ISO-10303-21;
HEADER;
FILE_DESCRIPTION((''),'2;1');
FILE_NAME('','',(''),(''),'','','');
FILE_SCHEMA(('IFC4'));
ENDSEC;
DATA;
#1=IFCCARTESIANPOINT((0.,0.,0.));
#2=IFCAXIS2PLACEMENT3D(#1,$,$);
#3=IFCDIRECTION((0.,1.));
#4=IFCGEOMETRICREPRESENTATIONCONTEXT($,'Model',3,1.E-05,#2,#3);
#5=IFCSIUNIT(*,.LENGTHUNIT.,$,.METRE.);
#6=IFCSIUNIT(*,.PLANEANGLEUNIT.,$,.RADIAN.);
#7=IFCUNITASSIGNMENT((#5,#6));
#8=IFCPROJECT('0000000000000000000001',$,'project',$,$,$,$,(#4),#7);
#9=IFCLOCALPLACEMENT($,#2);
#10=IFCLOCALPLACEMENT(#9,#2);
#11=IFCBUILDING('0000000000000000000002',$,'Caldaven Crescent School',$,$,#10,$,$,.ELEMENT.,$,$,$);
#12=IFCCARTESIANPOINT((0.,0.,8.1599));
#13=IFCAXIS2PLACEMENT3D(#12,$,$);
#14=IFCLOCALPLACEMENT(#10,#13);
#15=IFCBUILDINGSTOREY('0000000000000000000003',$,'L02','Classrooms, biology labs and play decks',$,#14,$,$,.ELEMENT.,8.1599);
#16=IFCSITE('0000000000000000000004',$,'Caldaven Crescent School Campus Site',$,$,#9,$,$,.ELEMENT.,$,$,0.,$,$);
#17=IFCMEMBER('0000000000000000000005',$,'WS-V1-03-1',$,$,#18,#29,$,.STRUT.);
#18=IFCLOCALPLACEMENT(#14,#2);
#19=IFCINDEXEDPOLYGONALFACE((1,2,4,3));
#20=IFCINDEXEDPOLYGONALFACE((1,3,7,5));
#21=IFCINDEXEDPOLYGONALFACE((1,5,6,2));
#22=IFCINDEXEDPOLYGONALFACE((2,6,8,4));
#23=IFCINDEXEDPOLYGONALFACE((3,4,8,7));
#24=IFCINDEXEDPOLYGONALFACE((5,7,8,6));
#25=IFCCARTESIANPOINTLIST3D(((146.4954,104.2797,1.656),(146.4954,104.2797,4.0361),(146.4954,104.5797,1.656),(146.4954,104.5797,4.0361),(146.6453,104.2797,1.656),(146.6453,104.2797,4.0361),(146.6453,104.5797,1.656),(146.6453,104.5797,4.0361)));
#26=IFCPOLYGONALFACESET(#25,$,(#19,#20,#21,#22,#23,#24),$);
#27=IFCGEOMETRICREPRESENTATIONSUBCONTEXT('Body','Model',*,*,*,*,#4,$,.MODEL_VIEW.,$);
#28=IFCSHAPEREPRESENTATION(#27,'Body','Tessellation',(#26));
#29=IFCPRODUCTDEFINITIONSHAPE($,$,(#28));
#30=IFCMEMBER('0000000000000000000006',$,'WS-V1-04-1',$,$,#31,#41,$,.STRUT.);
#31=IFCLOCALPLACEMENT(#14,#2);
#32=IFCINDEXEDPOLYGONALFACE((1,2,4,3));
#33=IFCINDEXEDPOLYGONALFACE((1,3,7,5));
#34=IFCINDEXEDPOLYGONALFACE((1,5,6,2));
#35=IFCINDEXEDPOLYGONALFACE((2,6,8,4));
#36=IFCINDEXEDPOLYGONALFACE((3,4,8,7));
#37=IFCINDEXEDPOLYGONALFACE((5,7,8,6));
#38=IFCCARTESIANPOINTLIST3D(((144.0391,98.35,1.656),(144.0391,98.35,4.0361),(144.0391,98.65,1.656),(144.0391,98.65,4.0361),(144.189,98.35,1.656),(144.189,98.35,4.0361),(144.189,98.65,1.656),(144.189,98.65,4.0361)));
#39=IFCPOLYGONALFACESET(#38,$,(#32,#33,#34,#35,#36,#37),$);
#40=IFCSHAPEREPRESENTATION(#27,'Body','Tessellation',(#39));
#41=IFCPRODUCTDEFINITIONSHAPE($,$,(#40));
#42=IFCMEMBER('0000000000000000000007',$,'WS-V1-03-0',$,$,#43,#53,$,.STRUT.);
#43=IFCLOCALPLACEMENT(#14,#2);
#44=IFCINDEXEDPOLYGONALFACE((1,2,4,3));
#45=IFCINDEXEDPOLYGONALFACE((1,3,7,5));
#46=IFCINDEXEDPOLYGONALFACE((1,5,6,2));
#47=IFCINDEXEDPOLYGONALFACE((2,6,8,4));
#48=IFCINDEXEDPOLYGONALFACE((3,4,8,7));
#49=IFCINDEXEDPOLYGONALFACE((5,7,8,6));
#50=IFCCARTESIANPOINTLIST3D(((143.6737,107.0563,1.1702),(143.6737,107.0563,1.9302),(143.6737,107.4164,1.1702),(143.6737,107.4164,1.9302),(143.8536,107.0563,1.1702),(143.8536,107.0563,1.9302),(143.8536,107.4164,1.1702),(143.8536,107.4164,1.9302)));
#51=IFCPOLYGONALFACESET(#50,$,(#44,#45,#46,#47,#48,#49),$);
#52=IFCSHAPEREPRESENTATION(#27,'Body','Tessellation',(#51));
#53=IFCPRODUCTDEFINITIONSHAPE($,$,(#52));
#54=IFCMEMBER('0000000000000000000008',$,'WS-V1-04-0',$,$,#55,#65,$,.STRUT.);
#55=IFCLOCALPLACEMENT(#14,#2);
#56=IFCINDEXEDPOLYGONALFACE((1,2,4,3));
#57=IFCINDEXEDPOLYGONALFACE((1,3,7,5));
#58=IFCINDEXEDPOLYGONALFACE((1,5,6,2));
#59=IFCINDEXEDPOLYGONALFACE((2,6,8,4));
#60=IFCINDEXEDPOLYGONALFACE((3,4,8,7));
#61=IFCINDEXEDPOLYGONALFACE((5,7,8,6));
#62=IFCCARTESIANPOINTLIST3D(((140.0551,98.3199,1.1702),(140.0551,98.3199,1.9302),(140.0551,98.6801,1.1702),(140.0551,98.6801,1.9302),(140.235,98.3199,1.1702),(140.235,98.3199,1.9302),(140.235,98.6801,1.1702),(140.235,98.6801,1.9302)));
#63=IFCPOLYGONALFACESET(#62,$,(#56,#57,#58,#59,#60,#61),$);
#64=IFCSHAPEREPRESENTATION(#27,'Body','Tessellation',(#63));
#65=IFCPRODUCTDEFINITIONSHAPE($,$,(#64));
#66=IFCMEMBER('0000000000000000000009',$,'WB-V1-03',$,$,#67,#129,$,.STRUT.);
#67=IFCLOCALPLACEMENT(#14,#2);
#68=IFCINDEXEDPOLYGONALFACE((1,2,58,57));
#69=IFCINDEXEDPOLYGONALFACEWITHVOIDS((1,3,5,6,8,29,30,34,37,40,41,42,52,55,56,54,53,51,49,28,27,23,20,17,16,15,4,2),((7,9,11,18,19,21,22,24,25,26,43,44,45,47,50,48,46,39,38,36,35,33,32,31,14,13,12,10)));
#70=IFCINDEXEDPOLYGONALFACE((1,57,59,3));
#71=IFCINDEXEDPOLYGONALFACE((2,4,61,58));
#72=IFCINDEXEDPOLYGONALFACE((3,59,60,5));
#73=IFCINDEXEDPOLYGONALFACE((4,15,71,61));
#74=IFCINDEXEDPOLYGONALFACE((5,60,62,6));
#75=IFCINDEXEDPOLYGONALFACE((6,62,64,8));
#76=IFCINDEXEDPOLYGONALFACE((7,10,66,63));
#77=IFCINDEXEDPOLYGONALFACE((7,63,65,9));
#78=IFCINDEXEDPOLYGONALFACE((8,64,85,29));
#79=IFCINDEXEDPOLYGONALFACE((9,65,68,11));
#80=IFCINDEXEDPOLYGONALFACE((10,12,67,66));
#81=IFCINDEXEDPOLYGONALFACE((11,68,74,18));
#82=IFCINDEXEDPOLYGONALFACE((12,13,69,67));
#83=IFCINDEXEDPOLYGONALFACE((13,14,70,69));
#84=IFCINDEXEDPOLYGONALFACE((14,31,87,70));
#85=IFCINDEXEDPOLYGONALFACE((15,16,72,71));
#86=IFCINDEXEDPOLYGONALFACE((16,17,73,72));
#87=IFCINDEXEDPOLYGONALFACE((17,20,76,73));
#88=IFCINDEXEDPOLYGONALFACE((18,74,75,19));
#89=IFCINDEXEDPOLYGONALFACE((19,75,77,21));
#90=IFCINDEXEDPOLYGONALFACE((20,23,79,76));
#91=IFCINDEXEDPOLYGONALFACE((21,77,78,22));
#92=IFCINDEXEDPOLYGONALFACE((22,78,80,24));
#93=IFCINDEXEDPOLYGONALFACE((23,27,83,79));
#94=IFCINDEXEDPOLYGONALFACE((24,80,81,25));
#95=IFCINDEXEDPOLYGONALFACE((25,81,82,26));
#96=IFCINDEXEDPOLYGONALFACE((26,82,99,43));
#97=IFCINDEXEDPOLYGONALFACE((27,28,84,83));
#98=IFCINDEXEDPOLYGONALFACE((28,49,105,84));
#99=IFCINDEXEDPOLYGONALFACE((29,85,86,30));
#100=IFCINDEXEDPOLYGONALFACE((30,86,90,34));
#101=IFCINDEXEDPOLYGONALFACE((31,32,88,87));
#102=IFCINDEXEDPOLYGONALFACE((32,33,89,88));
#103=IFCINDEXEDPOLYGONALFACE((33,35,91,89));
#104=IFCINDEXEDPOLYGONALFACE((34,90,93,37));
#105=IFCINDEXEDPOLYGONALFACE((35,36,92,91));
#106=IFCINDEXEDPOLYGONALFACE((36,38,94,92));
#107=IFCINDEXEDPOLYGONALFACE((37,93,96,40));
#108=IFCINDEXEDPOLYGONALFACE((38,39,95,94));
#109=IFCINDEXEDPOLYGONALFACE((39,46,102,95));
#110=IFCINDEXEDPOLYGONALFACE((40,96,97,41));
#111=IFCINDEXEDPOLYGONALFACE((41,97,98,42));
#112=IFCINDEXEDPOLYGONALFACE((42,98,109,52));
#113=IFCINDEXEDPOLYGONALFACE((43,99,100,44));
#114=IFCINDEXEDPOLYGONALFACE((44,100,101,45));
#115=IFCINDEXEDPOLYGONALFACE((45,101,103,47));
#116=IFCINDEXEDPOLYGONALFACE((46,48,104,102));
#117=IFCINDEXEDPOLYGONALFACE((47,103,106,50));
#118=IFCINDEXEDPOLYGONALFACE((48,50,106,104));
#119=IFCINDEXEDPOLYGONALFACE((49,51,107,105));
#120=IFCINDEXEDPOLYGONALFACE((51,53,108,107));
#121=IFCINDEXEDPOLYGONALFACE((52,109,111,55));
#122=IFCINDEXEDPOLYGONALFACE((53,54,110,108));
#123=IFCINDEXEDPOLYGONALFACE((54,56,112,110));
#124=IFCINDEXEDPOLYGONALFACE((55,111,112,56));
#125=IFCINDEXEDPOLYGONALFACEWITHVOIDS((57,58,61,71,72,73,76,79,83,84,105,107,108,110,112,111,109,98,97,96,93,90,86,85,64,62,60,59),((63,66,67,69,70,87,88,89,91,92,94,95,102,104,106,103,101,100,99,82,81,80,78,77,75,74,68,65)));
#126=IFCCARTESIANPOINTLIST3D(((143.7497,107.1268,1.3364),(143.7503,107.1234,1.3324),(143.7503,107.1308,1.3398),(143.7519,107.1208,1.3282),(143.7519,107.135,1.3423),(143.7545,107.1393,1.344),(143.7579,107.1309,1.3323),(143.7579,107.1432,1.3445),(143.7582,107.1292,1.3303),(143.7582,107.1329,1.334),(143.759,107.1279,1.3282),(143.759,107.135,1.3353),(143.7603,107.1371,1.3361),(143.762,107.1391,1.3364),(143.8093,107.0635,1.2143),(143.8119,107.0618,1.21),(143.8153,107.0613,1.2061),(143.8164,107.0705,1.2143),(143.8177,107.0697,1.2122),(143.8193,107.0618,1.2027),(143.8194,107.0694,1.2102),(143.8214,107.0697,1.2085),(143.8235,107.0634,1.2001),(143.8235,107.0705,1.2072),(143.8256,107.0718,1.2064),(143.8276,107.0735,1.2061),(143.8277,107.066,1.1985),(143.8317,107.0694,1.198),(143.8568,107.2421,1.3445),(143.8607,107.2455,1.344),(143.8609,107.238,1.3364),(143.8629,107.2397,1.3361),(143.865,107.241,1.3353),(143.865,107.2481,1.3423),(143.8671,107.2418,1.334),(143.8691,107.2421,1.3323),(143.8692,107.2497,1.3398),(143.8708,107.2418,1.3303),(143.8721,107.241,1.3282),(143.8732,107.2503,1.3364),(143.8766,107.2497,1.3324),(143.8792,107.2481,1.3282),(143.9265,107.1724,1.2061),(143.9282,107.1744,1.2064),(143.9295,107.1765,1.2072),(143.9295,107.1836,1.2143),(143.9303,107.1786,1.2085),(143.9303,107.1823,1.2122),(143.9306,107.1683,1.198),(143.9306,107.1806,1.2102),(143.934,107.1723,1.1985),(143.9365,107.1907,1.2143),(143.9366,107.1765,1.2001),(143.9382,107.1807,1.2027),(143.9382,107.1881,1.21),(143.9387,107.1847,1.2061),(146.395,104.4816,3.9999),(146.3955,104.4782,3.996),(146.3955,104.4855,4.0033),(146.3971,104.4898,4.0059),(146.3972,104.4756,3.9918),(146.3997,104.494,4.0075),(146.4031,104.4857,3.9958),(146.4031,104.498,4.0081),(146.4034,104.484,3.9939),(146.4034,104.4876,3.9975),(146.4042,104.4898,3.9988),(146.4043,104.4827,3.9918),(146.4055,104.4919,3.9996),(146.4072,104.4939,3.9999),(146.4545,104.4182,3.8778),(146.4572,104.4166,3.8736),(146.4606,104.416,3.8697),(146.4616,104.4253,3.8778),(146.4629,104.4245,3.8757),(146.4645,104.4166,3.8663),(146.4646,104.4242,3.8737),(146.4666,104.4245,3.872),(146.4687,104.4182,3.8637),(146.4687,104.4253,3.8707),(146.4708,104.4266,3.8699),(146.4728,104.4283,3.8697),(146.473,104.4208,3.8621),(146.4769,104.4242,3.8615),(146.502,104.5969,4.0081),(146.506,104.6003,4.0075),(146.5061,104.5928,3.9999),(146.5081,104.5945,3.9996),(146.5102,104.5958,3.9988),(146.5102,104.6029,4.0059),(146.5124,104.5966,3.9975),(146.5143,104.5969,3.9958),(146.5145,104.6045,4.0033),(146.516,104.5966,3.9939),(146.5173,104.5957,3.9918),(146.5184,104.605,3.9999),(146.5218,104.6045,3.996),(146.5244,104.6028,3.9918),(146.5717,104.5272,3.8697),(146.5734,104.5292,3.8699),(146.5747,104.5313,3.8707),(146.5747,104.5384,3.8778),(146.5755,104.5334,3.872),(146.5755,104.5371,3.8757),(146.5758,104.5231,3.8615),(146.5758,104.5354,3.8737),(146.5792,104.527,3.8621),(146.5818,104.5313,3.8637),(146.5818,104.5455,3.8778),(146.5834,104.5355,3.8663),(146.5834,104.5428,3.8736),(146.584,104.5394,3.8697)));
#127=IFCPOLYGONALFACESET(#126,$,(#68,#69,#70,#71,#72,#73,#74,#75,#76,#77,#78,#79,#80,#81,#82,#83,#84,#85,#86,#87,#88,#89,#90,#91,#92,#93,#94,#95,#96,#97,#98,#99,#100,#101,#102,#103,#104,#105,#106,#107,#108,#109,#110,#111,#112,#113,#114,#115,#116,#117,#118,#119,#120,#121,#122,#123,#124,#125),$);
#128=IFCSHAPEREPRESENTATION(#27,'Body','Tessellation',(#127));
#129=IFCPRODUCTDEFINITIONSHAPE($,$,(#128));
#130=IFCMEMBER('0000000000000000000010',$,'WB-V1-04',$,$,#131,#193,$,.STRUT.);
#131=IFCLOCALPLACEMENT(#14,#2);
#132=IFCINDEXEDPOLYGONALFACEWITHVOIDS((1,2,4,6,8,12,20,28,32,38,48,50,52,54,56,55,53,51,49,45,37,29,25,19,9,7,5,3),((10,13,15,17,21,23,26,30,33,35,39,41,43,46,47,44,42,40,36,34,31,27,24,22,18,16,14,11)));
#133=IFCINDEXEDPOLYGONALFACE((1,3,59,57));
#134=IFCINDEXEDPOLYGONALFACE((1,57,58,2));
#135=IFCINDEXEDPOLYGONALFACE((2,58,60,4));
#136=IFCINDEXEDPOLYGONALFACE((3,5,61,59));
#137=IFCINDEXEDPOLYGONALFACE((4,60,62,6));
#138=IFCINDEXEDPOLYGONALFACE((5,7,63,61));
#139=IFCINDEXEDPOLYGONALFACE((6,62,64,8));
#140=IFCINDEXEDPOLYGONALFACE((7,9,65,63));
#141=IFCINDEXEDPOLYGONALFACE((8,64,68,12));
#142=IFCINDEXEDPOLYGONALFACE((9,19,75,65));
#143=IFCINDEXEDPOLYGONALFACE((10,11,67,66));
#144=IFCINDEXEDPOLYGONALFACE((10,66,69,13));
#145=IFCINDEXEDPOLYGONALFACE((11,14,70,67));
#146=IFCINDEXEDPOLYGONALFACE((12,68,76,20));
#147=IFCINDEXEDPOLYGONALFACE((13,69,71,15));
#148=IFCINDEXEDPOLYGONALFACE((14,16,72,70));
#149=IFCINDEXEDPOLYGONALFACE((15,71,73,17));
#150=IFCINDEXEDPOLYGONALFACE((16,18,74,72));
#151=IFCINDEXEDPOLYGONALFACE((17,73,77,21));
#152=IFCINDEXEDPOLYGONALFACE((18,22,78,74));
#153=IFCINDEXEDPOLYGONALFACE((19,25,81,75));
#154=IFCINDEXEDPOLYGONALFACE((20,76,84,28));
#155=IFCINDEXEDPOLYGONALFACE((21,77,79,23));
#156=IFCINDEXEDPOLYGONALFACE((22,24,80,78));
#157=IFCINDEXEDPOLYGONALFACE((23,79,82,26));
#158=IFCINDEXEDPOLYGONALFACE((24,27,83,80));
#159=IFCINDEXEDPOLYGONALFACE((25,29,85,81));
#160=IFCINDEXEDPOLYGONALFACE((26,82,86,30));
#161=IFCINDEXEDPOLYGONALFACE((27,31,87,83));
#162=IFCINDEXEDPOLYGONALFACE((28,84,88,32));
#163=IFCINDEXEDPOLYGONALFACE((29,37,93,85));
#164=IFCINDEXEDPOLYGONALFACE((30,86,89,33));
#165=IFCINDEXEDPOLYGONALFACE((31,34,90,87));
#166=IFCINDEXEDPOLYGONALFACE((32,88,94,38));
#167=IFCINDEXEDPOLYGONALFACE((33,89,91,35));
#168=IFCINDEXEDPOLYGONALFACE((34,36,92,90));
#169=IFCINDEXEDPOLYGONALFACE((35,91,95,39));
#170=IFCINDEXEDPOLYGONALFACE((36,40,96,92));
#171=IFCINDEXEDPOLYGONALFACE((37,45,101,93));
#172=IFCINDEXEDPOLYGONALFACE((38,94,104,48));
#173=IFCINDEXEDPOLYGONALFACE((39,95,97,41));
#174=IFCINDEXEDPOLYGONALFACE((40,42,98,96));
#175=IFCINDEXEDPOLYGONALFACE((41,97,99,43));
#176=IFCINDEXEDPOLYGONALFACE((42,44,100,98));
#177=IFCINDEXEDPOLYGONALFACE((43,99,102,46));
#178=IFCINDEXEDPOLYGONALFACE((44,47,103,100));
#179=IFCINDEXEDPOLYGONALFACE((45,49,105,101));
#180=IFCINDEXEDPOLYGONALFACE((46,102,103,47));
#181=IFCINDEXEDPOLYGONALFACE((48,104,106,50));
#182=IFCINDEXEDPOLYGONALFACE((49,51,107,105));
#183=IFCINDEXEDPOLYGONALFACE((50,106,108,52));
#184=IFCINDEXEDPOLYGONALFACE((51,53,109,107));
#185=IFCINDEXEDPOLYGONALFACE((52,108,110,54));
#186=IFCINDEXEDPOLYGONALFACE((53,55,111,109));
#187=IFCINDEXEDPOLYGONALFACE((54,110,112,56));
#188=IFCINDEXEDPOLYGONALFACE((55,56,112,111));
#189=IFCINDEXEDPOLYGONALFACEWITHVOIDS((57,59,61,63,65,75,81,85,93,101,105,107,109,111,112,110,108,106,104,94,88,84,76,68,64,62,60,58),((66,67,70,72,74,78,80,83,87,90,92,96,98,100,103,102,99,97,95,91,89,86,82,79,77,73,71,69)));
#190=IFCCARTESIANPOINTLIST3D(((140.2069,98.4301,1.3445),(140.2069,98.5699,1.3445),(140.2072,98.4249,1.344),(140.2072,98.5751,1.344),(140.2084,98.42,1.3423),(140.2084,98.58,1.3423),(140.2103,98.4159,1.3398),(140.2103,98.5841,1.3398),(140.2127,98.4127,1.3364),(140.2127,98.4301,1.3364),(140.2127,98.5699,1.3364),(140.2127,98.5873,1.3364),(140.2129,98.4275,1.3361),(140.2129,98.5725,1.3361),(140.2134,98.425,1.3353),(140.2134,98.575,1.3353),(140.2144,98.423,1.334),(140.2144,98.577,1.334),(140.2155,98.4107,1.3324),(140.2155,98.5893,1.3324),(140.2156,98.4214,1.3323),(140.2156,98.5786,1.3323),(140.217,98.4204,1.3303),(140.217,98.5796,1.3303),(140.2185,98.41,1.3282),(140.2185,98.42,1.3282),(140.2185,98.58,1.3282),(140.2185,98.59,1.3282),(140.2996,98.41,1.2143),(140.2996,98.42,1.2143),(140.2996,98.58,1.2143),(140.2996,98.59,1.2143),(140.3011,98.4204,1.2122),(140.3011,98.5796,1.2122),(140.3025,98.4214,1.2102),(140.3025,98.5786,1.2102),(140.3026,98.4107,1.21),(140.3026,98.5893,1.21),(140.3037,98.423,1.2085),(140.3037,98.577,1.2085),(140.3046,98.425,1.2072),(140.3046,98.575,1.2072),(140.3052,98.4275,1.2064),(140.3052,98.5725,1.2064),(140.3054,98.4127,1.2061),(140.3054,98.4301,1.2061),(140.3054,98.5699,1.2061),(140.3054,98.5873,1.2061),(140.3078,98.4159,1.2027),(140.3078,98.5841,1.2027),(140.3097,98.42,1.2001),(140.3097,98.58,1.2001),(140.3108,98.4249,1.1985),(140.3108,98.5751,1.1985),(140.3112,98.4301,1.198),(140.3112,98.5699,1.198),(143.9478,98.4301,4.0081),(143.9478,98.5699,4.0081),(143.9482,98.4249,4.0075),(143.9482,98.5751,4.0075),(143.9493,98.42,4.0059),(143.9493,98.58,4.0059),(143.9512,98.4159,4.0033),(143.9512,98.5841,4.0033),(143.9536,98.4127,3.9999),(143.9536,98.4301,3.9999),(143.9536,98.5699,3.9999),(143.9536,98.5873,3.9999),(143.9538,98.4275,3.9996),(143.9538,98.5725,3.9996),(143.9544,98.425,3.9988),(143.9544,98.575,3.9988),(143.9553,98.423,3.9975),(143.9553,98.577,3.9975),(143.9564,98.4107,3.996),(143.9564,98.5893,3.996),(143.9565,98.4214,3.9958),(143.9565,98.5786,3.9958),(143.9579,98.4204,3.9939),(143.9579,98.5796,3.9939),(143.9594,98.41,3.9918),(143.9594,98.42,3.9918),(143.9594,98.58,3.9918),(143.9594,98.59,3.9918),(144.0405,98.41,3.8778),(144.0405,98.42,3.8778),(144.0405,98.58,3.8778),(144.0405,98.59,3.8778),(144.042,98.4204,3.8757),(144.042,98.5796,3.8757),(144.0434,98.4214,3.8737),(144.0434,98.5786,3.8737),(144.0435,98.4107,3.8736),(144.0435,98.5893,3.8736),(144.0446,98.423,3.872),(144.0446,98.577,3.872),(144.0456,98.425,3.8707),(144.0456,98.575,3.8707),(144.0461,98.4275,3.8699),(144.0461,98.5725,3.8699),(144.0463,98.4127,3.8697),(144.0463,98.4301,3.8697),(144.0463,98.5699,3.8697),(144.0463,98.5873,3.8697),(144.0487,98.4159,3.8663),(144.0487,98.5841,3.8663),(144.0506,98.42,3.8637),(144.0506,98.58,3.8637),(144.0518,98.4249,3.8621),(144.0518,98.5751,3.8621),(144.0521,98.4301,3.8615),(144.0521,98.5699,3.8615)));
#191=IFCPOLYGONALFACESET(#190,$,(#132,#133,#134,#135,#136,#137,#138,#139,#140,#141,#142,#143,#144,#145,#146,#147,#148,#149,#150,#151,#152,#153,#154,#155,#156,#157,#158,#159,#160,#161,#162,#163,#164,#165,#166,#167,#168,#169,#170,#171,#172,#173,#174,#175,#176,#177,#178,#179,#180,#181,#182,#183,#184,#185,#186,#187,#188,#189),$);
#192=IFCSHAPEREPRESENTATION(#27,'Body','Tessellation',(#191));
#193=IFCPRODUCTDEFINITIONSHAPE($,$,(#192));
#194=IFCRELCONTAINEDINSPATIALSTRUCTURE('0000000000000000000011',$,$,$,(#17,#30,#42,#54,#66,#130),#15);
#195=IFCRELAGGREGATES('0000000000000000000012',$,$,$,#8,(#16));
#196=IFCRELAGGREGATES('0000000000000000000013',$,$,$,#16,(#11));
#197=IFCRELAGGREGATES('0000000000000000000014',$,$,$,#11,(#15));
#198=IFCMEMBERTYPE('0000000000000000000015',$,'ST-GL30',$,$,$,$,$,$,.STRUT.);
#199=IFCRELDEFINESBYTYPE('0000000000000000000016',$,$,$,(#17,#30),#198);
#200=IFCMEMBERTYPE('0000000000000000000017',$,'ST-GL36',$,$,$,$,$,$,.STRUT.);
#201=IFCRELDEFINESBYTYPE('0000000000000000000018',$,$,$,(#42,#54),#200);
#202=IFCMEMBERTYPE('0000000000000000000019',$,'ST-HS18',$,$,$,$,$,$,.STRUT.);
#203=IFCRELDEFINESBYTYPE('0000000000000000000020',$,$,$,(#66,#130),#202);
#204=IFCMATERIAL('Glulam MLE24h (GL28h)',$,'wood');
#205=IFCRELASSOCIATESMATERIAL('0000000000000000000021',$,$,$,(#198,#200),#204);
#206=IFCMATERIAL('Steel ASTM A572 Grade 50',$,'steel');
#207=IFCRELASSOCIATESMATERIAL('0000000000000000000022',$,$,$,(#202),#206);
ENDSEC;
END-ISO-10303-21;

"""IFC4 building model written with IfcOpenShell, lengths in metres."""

from ifc_helpers import new_model, si_unit, direction, frame, origin, origin_2d, place, context, subcontext, project, spatial, rectangle, hollow_rectangle, extrude, material, material_profile, profile_set, type_object, element, save


model = new_model("IFC4")

# Units and contexts
model_context = context("Model", 3, precision=1e-05, world=origin(), true_north=direction((0.0, 1.0)))
body_context = subcontext(model_context, "Body", "Model", "MODEL_VIEW")
ifc_project = project(units=[si_unit("LENGTHUNIT", "METRE"), si_unit("PLANEANGLEUNIT", "RADIAN")], contexts=[model_context])

# Site, building, storey
site_placement = place(None, origin())
site = spatial("IfcSite", under=ifc_project, at=site_placement, Name="Caldaven Crescent School Campus Site", CompositionType="ELEMENT", RefElevation=0.0)
building_placement = place(site_placement, origin())
building = spatial("IfcBuilding", under=site, at=building_placement, Name="Caldaven Crescent School", CompositionType="ELEMENT")
storey_placement = place(building_placement, frame((0.0, 0.0, 8.1599)))
storey = spatial("IfcBuildingStorey", under=building, at=storey_placement, Name="L02", Description="Classrooms, biology labs and play decks", CompositionType="ELEMENT", Elevation=8.1599)

# Shared definitions
ifc_material_1 = material(Name="Glulam MLE24h (GL28h)", Category="wood")
ifc_material_2 = material(Name="Steel ASTM A572 Grade 50", Category="steel")

# Members
ifc_material_profile_1 = material_profile(ifc_material_1, rectangle(XDim=0.1499, YDim=0.3, at=origin_2d()), Name="MLE 150x300")
ifc_profile_set_1 = profile_set([ifc_material_profile_1], Name="Glulam MLE24h (GL28h)")
member_type_1 = type_object("IfcMemberType", Name="ST-GL30", PredefinedType="STRUT", material=ifc_profile_set_1)
for number, where, z_axis, x_axis, name in (
    (1, (146.5703, 104.4297, 1.656), (0.0, 0.0, 1.0), (1.0, 0.0, 0.0), "WS-V1-03-1"),
    (2, (144.114, 98.5, 1.656), (0.0, 0.0, 1.0), (1.0, 0.0, 0.0), "WS-V1-04-1"),
):
    element("IfcMember", number, at=place(storey_placement, frame(where, z_axis=z_axis, x_axis=x_axis)), inside=storey, type_object=member_type_1, Name=name, PredefinedType="STRUT", context=body_context, shape_type="SweptSolid", body=[
        extrude(rectangle(XDim=0.1499, YDim=0.3, at=origin_2d()), origin(), (0.0, 0.0, 1.0), 2.3801),
    ])
ifc_material_profile_2 = material_profile(ifc_material_1, rectangle(XDim=0.1799, YDim=0.3601, at=origin_2d()), Name="MLE 180x360")
ifc_profile_set_2 = profile_set([ifc_material_profile_2], Name="Glulam MLE24h (GL28h)")
member_type_2 = type_object("IfcMemberType", Name="ST-GL36", PredefinedType="STRUT", material=ifc_profile_set_2)
for number, where, z_axis, x_axis, name in (
    (3, (143.7637, 107.2363, 1.1702), (0.0, 0.0, 1.0), (1.0, 0.0, 0.0), "WS-V1-03-0"),
    (4, (140.145, 98.5, 1.1702), (0.0, 0.0, 1.0), (1.0, 0.0, 0.0), "WS-V1-04-0"),
):
    element("IfcMember", number, at=place(storey_placement, frame(where, z_axis=z_axis, x_axis=x_axis)), inside=storey, type_object=member_type_2, Name=name, PredefinedType="STRUT", context=body_context, shape_type="SweptSolid", body=[
        extrude(rectangle(XDim=0.1799, YDim=0.3601, at=origin_2d()), origin(), (0.0, 0.0, 1.0), 0.76),
    ])
ifc_material_profile_3 = material_profile(ifc_material_2, hollow_rectangle(XDim=0.1799, YDim=0.1799, WallThickness=0.01, InnerFilletRadius=0.01, OuterFilletRadius=0.02, at=origin_2d()), Name="HSS 180x180x10")
ifc_profile_set_3 = profile_set([ifc_material_profile_3], Name="Steel ASTM A572 Grade 50")
member_type_3 = type_object("IfcMemberType", Name="ST-HS18", PredefinedType="STRUT", material=ifc_profile_set_3)
for number, where, z_axis, x_axis, name in (
    (5, (143.8442, 107.1558, 1.2712), (0.576018, -0.576018, 0.580005), (0.707107, 0.707107, 0.0), "WB-V1-03"),
    (6, (140.259, 98.5, 1.2712), (0.814613, 0.0, 0.580005), (0.0, 1.0, 0.0), "WB-V1-04"),
):
    element("IfcMember", number, at=place(storey_placement, frame(where, z_axis=z_axis, x_axis=x_axis)), inside=storey, type_object=member_type_3, Name=name, PredefinedType="STRUT", context=body_context, shape_type="SweptSolid", body=[
        extrude(hollow_rectangle(XDim=0.1799, YDim=0.1799, WallThickness=0.01, InnerFilletRadius=0.01, OuterFilletRadius=0.02, at=origin_2d()), origin(), (0.0, 0.0, 1.0), 4.5923),
    ])

save(model, "model.ifc")
